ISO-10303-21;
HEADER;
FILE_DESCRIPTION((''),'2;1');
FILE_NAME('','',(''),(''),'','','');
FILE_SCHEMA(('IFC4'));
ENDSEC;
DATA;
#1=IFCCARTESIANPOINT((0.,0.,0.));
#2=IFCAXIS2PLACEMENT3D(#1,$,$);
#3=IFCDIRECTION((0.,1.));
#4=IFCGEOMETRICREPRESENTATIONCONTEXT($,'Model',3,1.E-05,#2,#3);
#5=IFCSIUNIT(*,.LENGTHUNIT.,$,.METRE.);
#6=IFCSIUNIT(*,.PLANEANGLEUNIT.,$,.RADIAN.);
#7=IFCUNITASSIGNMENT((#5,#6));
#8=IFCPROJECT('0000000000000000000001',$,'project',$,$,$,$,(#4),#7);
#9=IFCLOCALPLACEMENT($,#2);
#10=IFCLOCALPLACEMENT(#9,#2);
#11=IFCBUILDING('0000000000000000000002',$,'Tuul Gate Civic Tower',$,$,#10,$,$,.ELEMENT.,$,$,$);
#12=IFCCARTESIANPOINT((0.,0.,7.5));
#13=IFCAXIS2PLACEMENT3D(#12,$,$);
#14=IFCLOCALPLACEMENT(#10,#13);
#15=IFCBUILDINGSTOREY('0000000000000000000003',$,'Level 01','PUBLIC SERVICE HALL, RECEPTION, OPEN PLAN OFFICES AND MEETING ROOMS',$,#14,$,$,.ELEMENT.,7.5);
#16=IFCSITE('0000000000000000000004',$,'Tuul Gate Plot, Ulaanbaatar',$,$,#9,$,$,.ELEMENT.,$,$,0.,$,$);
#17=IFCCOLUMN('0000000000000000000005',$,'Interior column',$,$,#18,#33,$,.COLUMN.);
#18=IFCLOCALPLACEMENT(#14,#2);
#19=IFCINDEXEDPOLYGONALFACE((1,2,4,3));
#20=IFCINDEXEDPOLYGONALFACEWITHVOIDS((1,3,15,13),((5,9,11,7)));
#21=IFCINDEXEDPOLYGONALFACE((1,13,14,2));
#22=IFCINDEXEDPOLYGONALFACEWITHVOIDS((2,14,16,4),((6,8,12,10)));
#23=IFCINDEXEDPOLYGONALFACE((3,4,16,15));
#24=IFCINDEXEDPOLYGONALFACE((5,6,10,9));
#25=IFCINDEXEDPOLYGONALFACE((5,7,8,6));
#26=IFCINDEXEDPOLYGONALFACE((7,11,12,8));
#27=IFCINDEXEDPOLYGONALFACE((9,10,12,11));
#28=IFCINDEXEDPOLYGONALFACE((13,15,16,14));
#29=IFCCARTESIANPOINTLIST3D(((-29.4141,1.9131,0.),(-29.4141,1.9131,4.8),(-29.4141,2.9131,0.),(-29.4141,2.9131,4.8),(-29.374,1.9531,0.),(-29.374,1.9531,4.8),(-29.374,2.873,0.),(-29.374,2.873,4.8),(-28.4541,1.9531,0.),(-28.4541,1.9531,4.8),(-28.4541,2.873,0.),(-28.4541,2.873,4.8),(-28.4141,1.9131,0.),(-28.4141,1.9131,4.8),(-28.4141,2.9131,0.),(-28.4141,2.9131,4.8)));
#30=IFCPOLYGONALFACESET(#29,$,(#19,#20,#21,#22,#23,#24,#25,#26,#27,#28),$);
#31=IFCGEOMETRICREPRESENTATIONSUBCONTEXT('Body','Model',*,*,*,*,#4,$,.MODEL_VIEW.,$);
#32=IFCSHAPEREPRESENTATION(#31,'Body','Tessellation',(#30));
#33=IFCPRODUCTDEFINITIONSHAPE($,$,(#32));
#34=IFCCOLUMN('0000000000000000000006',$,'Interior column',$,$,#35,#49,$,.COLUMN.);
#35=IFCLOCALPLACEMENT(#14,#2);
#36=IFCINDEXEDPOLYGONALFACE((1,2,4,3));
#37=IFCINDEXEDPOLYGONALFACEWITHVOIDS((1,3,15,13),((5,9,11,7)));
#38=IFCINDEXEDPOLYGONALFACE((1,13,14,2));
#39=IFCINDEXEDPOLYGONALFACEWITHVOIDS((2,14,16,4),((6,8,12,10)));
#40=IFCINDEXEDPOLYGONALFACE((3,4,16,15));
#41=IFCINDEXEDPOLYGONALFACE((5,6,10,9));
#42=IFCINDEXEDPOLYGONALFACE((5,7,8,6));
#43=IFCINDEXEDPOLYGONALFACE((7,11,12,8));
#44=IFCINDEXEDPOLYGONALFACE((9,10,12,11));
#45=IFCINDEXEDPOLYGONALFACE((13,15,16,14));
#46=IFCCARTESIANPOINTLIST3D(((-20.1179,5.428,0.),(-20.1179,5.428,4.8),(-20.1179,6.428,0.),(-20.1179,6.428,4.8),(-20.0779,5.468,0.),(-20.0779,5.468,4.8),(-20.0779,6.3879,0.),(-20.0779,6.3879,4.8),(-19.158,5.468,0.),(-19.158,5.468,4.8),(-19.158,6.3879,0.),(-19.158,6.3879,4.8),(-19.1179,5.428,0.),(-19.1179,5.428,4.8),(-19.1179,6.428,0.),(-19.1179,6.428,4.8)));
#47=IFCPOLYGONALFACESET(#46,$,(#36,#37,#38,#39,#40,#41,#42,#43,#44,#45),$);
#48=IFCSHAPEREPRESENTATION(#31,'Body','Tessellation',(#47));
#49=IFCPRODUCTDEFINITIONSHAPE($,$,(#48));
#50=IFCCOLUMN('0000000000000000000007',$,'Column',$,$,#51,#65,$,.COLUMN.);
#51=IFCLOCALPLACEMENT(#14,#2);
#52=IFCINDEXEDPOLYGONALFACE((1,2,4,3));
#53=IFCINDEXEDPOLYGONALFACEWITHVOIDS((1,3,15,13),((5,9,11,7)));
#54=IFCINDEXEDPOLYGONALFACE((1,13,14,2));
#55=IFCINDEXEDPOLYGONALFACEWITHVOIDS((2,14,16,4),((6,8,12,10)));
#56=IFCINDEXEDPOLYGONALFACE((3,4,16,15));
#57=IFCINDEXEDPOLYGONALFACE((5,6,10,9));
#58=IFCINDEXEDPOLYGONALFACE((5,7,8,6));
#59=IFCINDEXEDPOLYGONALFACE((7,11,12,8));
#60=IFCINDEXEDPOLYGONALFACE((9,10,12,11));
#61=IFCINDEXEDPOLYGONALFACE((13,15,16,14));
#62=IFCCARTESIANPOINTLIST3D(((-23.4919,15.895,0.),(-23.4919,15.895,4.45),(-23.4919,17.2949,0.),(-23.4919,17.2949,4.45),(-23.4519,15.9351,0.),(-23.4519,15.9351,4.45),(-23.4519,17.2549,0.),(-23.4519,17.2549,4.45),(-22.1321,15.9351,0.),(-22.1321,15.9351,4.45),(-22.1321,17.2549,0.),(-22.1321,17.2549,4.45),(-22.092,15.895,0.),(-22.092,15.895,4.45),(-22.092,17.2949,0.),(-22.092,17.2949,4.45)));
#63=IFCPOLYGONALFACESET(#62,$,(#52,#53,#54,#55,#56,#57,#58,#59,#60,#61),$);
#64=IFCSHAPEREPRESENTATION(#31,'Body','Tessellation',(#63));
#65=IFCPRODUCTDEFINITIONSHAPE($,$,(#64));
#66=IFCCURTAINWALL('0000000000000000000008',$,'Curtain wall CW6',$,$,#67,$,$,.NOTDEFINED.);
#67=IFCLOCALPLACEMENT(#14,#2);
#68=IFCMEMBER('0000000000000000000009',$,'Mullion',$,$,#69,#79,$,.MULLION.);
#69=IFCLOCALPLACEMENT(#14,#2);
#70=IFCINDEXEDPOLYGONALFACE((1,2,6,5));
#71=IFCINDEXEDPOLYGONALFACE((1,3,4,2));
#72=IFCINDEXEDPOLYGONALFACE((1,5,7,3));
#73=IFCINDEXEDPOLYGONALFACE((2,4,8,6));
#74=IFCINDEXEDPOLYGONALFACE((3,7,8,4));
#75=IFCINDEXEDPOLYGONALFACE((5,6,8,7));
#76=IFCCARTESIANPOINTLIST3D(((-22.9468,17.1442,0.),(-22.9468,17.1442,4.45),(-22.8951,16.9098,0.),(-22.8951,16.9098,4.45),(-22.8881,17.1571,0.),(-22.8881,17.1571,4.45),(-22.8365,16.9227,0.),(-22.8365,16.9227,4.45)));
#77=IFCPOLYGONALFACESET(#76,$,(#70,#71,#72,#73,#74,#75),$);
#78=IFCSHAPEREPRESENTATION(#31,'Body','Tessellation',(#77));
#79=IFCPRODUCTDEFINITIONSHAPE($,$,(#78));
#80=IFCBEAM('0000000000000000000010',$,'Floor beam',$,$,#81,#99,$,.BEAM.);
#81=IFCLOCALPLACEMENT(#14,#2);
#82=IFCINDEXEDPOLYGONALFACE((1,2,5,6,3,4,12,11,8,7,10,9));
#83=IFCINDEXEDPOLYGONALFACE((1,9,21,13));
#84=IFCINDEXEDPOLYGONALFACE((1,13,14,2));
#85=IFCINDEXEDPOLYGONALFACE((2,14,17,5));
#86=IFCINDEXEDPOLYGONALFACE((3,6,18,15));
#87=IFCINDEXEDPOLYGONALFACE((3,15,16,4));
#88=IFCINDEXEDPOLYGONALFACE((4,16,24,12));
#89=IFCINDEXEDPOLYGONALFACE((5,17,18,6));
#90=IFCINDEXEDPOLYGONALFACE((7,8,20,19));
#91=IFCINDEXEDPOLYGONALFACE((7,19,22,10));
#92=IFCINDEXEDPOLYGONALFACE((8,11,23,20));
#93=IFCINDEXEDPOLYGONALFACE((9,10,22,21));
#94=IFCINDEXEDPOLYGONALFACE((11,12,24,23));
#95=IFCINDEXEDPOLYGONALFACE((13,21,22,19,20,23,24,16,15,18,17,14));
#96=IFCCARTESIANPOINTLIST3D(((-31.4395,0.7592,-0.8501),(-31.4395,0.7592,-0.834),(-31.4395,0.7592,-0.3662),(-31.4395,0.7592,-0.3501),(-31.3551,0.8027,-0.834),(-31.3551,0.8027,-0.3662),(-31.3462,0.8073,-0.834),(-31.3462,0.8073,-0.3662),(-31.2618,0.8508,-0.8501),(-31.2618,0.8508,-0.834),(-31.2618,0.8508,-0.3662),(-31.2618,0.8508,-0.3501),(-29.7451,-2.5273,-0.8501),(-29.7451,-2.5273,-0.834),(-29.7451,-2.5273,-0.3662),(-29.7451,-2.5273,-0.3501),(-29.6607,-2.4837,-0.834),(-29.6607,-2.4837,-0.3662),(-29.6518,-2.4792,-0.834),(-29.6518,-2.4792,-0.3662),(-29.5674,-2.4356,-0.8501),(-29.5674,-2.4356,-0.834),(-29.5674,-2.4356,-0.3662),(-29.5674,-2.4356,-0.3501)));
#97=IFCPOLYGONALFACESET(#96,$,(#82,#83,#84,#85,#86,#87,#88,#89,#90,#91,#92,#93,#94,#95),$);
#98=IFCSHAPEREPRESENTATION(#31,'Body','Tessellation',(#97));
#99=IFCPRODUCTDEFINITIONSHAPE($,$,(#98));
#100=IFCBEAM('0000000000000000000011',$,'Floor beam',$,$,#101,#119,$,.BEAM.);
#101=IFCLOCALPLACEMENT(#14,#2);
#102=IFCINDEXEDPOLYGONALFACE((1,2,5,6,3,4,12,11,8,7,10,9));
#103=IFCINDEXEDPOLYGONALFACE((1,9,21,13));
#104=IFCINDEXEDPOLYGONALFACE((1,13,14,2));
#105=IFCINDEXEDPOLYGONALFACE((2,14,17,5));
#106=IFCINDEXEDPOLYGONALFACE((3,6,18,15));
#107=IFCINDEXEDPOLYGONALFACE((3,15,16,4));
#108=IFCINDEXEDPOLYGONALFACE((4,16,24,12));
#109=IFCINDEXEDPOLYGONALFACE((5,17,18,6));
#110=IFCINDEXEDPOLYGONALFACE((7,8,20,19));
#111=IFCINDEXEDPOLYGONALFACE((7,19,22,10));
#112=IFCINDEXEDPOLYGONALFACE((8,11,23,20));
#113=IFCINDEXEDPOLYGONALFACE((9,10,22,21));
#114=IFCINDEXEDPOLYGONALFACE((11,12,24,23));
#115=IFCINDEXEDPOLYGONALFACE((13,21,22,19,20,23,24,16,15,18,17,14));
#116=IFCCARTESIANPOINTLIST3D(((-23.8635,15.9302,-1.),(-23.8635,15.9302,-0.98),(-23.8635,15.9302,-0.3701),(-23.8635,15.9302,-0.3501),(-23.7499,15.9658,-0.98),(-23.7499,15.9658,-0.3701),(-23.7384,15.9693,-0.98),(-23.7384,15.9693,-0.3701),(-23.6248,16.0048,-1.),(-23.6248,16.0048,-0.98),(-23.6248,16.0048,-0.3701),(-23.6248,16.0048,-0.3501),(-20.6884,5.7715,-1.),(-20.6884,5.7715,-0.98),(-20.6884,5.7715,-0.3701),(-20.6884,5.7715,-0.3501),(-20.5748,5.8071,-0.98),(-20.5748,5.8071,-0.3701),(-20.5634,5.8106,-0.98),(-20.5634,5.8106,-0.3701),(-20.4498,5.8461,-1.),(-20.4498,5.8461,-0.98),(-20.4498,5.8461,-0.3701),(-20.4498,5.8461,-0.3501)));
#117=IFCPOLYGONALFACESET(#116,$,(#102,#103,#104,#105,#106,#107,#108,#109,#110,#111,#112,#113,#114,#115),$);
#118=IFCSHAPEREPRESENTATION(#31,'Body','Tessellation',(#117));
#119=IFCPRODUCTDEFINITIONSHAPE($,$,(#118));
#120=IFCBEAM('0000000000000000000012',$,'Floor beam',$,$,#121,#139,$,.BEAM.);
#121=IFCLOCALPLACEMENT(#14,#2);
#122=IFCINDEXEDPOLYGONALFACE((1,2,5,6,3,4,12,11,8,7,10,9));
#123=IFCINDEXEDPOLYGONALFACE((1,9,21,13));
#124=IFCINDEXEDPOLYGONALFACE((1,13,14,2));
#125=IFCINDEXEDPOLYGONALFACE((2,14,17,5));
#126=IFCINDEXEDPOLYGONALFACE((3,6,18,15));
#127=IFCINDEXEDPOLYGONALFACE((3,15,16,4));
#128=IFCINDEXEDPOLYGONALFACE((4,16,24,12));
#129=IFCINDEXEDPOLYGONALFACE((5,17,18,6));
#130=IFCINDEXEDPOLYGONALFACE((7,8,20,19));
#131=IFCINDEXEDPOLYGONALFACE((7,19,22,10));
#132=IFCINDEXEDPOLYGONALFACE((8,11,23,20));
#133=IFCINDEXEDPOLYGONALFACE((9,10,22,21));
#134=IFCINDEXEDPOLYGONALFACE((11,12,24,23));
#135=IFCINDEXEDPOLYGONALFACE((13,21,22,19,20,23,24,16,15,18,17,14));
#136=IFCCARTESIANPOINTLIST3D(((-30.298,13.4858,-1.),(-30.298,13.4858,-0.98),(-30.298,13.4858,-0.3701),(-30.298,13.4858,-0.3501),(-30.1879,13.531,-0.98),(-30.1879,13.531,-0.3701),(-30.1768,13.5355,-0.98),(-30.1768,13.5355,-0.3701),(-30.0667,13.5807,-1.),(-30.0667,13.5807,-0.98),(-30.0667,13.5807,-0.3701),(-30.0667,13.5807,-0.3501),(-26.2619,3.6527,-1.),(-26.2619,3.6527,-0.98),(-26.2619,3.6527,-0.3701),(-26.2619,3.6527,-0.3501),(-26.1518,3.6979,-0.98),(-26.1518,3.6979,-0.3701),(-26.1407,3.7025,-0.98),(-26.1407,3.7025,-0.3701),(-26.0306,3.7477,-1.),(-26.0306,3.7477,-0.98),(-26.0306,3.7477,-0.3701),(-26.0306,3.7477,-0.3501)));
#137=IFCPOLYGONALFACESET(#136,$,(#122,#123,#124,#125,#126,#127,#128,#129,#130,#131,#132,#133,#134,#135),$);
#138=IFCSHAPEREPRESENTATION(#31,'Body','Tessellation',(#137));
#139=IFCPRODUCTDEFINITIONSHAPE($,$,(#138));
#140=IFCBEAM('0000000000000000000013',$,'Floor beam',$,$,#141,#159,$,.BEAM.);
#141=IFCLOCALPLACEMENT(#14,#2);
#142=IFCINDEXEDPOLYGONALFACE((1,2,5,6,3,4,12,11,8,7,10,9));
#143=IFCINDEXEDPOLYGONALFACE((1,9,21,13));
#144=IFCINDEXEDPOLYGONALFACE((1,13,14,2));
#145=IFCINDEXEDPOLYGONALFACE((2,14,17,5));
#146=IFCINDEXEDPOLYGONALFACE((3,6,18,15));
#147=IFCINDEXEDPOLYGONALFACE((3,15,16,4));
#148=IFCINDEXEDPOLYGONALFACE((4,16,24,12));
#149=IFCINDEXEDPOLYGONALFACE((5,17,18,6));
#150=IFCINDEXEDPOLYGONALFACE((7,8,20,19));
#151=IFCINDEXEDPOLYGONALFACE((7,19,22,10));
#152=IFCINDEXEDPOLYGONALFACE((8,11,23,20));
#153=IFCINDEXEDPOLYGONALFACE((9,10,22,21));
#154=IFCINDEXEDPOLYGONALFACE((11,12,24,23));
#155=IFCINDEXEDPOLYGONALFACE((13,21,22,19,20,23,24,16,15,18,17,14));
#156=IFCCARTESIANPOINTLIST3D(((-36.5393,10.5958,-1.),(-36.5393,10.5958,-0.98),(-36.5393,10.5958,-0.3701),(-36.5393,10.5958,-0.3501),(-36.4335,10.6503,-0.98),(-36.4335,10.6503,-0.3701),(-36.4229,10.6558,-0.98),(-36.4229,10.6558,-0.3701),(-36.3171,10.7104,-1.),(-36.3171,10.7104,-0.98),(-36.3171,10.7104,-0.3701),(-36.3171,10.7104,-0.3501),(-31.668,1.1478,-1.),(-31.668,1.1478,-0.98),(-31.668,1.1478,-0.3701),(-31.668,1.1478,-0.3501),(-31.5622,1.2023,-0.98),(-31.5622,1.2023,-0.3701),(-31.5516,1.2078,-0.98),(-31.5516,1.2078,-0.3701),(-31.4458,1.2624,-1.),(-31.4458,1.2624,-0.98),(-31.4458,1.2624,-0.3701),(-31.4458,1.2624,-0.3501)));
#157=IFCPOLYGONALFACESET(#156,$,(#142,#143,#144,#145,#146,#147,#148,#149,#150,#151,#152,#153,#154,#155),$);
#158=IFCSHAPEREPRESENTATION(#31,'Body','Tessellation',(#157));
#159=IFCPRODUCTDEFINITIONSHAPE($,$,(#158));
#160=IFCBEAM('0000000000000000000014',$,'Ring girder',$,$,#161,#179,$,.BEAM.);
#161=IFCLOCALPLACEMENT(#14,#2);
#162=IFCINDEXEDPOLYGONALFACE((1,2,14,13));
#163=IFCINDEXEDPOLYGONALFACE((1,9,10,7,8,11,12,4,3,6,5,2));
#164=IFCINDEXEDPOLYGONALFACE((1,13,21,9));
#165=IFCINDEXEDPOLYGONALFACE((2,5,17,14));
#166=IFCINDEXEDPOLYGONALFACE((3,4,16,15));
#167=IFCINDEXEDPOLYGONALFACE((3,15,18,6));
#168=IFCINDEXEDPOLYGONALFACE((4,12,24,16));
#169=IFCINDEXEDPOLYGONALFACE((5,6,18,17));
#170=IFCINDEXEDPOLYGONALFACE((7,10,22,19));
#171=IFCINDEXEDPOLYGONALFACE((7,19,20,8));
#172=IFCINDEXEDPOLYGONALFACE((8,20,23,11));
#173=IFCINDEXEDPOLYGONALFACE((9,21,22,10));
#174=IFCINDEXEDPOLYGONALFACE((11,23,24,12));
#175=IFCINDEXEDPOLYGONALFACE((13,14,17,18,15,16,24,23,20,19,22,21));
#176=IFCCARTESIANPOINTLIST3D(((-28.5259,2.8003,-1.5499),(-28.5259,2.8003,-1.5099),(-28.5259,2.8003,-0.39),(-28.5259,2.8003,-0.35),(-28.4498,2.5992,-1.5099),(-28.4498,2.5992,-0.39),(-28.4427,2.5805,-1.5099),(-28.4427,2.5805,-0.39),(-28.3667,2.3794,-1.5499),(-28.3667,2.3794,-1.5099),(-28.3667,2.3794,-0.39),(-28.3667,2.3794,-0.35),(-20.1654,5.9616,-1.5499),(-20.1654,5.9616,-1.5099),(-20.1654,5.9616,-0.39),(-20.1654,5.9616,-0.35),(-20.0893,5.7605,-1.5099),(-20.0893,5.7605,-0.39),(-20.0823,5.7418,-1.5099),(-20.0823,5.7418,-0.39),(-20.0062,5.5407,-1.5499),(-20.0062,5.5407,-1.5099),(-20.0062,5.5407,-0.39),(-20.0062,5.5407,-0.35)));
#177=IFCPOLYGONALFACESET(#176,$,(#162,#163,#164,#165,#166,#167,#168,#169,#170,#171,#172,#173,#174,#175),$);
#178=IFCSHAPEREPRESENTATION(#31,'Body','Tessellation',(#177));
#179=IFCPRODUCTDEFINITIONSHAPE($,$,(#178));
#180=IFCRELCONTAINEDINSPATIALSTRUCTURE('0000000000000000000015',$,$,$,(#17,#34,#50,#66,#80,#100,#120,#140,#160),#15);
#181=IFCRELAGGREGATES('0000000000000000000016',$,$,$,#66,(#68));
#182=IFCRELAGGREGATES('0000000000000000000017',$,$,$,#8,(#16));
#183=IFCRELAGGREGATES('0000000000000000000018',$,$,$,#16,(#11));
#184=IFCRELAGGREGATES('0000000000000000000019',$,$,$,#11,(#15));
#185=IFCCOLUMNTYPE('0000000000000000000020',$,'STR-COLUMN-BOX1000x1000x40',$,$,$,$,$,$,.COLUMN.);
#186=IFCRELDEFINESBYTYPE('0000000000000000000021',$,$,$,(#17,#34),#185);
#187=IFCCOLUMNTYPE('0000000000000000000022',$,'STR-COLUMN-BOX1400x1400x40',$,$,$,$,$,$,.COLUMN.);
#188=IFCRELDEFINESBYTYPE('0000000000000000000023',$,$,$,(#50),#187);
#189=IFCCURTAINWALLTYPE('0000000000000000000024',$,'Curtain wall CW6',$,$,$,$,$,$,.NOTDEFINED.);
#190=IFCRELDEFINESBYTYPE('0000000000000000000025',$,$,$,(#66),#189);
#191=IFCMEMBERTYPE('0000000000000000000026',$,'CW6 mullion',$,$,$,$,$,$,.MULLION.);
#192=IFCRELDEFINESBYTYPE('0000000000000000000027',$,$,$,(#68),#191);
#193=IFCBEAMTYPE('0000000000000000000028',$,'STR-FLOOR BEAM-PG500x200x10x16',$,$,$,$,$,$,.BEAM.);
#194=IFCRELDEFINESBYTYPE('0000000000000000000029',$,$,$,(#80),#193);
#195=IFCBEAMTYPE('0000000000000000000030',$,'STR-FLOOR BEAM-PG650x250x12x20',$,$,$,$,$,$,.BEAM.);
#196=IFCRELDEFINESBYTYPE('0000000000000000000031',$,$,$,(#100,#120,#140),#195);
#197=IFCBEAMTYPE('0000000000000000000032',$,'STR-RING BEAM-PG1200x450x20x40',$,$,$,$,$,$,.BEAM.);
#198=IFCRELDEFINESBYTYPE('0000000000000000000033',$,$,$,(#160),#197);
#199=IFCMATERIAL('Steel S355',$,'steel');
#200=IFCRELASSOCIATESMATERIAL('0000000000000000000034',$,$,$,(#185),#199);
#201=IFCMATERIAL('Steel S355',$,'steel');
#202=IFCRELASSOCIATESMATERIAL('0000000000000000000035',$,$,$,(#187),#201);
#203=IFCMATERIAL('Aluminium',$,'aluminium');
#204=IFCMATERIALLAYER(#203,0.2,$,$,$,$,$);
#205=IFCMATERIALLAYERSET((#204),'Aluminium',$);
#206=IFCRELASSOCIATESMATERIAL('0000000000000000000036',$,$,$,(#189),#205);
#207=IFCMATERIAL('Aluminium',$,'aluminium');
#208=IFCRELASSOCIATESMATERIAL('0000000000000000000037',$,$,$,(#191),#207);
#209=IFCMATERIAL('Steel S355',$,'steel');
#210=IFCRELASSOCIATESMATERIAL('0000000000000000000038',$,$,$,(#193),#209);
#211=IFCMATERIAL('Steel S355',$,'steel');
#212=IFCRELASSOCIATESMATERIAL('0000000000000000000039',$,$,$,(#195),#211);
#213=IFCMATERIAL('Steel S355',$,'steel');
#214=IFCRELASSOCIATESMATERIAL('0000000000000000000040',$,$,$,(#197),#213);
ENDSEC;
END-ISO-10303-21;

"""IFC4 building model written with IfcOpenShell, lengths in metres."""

from ifc_helpers import new_model, si_unit, direction, frame, origin, origin_2d, place, context, subcontext, project, spatial, rectangle, hollow_rectangle, i_section, extrude, material, layer, layer_set, material_profile, profile_set, type_object, element, aggregate, save


model = new_model("IFC4")

# Units and contexts
model_context = context("Model", 3, precision=1e-05, world=origin(), true_north=direction((0.0, 1.0)))
body_context = subcontext(model_context, "Body", "Model", "MODEL_VIEW")
ifc_project = project(units=[si_unit("LENGTHUNIT", "METRE"), si_unit("PLANEANGLEUNIT", "RADIAN")], contexts=[model_context])

# Site, building, storey
site_placement = place(None, origin())
site = spatial("IfcSite", under=ifc_project, at=site_placement, Name="Tuul Gate Plot, Ulaanbaatar", CompositionType="ELEMENT", RefElevation=0.0)
building_placement = place(site_placement, origin())
building = spatial("IfcBuilding", under=site, at=building_placement, Name="Tuul Gate Civic Tower", CompositionType="ELEMENT")
storey_placement = place(building_placement, frame((0.0, 0.0, 7.5)))
storey = spatial("IfcBuildingStorey", under=building, at=storey_placement, Name="Level 01", Description="PUBLIC SERVICE HALL, RECEPTION, OPEN PLAN OFFICES AND MEETING ROOMS", CompositionType="ELEMENT", Elevation=7.5)

# Columns
ifc_material_1 = material(Name="Steel S355", Category="steel")
ifc_material_profile_1 = material_profile(ifc_material_1, hollow_rectangle(XDim=1.0, YDim=1.0, WallThickness=0.04, at=origin_2d()), Name="BOX1000x1000x40")
ifc_profile_set_1 = profile_set([ifc_material_profile_1], Name="Steel S355")
column_type_1 = type_object("IfcColumnType", Name="STR-COLUMN-BOX1000x1000x40", PredefinedType="COLUMN", material=ifc_profile_set_1)
for number, where, z_axis, x_axis, name in (
    (1, (-28.9141, 2.4131, 0.0), (0.0, 0.0, 1.0), (1.0, 0.0, 0.0), "Interior column"),
    (2, (-19.6179, 5.928, 0.0), (0.0, 0.0, 1.0), (1.0, 0.0, 0.0), "Interior column"),
):
    element("IfcColumn", number, at=place(storey_placement, frame(where, z_axis=z_axis, x_axis=x_axis)), inside=storey, type_object=column_type_1, Name=name, PredefinedType="COLUMN", context=body_context, shape_type="SweptSolid", body=[
        extrude(hollow_rectangle(XDim=1.0, YDim=1.0, WallThickness=0.04, at=origin_2d()), origin(), (0.0, 0.0, 1.0), 4.8),
    ])
ifc_material_2 = material(Name="Steel S355", Category="steel")
ifc_material_profile_2 = material_profile(ifc_material_2, hollow_rectangle(XDim=1.3999, YDim=1.3999, WallThickness=0.04, at=origin_2d()), Name="BOX1400x1400x40")
ifc_profile_set_2 = profile_set([ifc_material_profile_2], Name="Steel S355")
column_type_2 = type_object("IfcColumnType", Name="STR-COLUMN-BOX1400x1400x40", PredefinedType="COLUMN", material=ifc_profile_set_2)
column_placement = place(storey_placement, frame((-22.792, 16.595, 0.0), z_axis=(0.0, 0.0, 1.0), x_axis=(1.0, 0.0, 0.0)))
element("IfcColumn", 3, at=column_placement, inside=storey, type_object=column_type_2, Name="Column", PredefinedType="COLUMN", context=body_context, shape_type="SweptSolid", body=[
    extrude(hollow_rectangle(XDim=1.3999, YDim=1.3999, WallThickness=0.04, at=origin_2d()), origin(), (0.0, 0.0, 1.0), 4.45),
])

# Curtain wall, member
ifc_material_3 = material(Name="Aluminium", Category="aluminium")
ifc_layer_1 = layer(ifc_material_3, 0.2)
ifc_layer_set_1 = layer_set([ifc_layer_1], Name="Aluminium")
curtain_wall_type = type_object("IfcCurtainWallType", Name="Curtain wall CW6", PredefinedType="NOTDEFINED", material=ifc_layer_set_1)
curtain_wall_placement = place(storey_placement, origin())
curtain_wall = element("IfcCurtainWall", 4, at=curtain_wall_placement, inside=storey, type_object=curtain_wall_type, Name="Curtain wall CW6", PredefinedType="NOTDEFINED")
ifc_material_4 = material(Name="Aluminium", Category="aluminium")
ifc_material_profile_3 = material_profile(ifc_material_4, rectangle(XDim=0.24, YDim=0.0601, at=origin_2d()), Name="CW6 mullion")
ifc_profile_set_3 = profile_set([ifc_material_profile_3], Name="Aluminium")
member_type = type_object("IfcMemberType", Name="CW6 mullion", PredefinedType="MULLION", material=ifc_profile_set_3)
member_placement = place(storey_placement, frame((-22.8916, 17.0334, 0.0), z_axis=(0.0, 0.0, 1.0), x_axis=(0.215207, -0.976569, 0.0)))
member = element("IfcMember", 5, at=member_placement, type_object=member_type, Name="Mullion", PredefinedType="MULLION", context=body_context, shape_type="SweptSolid", body=[
    extrude(rectangle(XDim=0.24, YDim=0.0601, at=origin_2d()), origin(), (0.0, 0.0, 1.0), 4.45),
])

# Beams
ifc_material_5 = material(Name="Steel S355", Category="steel")
ifc_material_profile_4 = material_profile(ifc_material_5, i_section(OverallWidth=0.2, OverallDepth=0.5, WebThickness=0.01, FlangeThickness=0.0161, at=origin_2d()), Name="PG500x200x10x16")
ifc_profile_set_4 = profile_set([ifc_material_profile_4], Name="Steel S355")
beam_type_1 = type_object("IfcBeamType", Name="STR-FLOOR BEAM-PG500x200x10x16", PredefinedType="BEAM", material=ifc_profile_set_4)
beam_1_placement = place(storey_placement, frame((-29.6562, -2.4814, -0.6001), z_axis=(-0.458246, 0.888825, 0.0), x_axis=(-0.888825, -0.458246, 0.0)))
element("IfcBeam", 6, at=beam_1_placement, inside=storey, type_object=beam_type_1, Name="Floor beam", PredefinedType="BEAM", context=body_context, shape_type="SweptSolid", body=[
    extrude(i_section(OverallWidth=0.2, OverallDepth=0.5, WebThickness=0.01, FlangeThickness=0.0161, at=origin_2d()), origin(), (0.0, 0.0, 1.0), 3.6975),
])
ifc_material_6 = material(Name="Steel S355", Category="steel")
ifc_material_profile_5 = material_profile(ifc_material_6, i_section(OverallWidth=0.25, OverallDepth=0.6499, WebThickness=0.012, FlangeThickness=0.02, at=origin_2d()), Name="PG650x250x12x20")
ifc_profile_set_5 = profile_set([ifc_material_profile_5], Name="Steel S355")
beam_type_2 = type_object("IfcBeamType", Name="STR-FLOOR BEAM-PG650x250x12x20", PredefinedType="BEAM", material=ifc_profile_set_5)
beam_2_placement = place(storey_placement, frame((-20.5691, 5.8088, -0.675), z_axis=(-0.298314, 0.954468, 0.0), x_axis=(-0.954468, -0.298314, 0.0)))
element("IfcBeam", 7, at=beam_2_placement, inside=storey, type_object=beam_type_2, Name="Floor beam", PredefinedType="BEAM", context=body_context, shape_type="SweptSolid", body=[
    extrude(i_section(OverallWidth=0.25, OverallDepth=0.6499, WebThickness=0.012, FlangeThickness=0.02, at=origin_2d()), origin(), (0.0, 0.0, 1.0), 10.6433),
])
beam_3_placement = place(storey_placement, frame((-26.1462, 3.7002, -0.675), z_axis=(-0.379724, 0.9251, 0.0), x_axis=(-0.9251, -0.379724, 0.0)))
element("IfcBeam", 8, at=beam_3_placement, inside=storey, type_object=beam_type_2, Name="Floor beam", PredefinedType="BEAM", context=body_context, shape_type="SweptSolid", body=[
    extrude(i_section(OverallWidth=0.25, OverallDepth=0.6499, WebThickness=0.012, FlangeThickness=0.02, at=origin_2d()), origin(), (0.0, 0.0, 1.0), 10.6292),
])
beam_4_placement = place(storey_placement, frame((-31.5569, 1.2051, -0.675), z_axis=(-0.458268, 0.888814, 0.0), x_axis=(-0.888814, -0.458268, 0.0)))
element("IfcBeam", 9, at=beam_4_placement, inside=storey, type_object=beam_type_2, Name="Floor beam", PredefinedType="BEAM", context=body_context, shape_type="SweptSolid", body=[
    extrude(i_section(OverallWidth=0.25, OverallDepth=0.6499, WebThickness=0.012, FlangeThickness=0.02, at=origin_2d()), origin(), (0.0, 0.0, 1.0), 10.6299),
])
ifc_material_7 = material(Name="Steel S355", Category="steel")
ifc_material_profile_6 = material_profile(ifc_material_7, i_section(OverallWidth=0.45, OverallDepth=1.2, WebThickness=0.02, FlangeThickness=0.04, at=origin_2d()), Name="PG1200x450x20x40")
ifc_profile_set_6 = profile_set([ifc_material_profile_6], Name="Steel S355")
beam_type_3 = type_object("IfcBeamType", Name="STR-RING BEAM-PG1200x450x20x40", PredefinedType="BEAM", material=ifc_profile_set_6)
beam_5_placement = place(storey_placement, frame((-28.4463, 2.5898, -0.95), z_axis=(0.935364, 0.353687, 0.0), x_axis=(-0.353687, 0.935364, 0.0)))
element("IfcBeam", 10, at=beam_5_placement, inside=storey, type_object=beam_type_3, Name="Ring girder", PredefinedType="BEAM", context=body_context, shape_type="SweptSolid", body=[
    extrude(i_section(OverallWidth=0.45, OverallDepth=1.2, WebThickness=0.02, FlangeThickness=0.04, at=origin_2d()), origin(), (0.0, 0.0, 1.0), 8.9382),
])

aggregate(curtain_wall, [member])

save(model, "model.ifc")
